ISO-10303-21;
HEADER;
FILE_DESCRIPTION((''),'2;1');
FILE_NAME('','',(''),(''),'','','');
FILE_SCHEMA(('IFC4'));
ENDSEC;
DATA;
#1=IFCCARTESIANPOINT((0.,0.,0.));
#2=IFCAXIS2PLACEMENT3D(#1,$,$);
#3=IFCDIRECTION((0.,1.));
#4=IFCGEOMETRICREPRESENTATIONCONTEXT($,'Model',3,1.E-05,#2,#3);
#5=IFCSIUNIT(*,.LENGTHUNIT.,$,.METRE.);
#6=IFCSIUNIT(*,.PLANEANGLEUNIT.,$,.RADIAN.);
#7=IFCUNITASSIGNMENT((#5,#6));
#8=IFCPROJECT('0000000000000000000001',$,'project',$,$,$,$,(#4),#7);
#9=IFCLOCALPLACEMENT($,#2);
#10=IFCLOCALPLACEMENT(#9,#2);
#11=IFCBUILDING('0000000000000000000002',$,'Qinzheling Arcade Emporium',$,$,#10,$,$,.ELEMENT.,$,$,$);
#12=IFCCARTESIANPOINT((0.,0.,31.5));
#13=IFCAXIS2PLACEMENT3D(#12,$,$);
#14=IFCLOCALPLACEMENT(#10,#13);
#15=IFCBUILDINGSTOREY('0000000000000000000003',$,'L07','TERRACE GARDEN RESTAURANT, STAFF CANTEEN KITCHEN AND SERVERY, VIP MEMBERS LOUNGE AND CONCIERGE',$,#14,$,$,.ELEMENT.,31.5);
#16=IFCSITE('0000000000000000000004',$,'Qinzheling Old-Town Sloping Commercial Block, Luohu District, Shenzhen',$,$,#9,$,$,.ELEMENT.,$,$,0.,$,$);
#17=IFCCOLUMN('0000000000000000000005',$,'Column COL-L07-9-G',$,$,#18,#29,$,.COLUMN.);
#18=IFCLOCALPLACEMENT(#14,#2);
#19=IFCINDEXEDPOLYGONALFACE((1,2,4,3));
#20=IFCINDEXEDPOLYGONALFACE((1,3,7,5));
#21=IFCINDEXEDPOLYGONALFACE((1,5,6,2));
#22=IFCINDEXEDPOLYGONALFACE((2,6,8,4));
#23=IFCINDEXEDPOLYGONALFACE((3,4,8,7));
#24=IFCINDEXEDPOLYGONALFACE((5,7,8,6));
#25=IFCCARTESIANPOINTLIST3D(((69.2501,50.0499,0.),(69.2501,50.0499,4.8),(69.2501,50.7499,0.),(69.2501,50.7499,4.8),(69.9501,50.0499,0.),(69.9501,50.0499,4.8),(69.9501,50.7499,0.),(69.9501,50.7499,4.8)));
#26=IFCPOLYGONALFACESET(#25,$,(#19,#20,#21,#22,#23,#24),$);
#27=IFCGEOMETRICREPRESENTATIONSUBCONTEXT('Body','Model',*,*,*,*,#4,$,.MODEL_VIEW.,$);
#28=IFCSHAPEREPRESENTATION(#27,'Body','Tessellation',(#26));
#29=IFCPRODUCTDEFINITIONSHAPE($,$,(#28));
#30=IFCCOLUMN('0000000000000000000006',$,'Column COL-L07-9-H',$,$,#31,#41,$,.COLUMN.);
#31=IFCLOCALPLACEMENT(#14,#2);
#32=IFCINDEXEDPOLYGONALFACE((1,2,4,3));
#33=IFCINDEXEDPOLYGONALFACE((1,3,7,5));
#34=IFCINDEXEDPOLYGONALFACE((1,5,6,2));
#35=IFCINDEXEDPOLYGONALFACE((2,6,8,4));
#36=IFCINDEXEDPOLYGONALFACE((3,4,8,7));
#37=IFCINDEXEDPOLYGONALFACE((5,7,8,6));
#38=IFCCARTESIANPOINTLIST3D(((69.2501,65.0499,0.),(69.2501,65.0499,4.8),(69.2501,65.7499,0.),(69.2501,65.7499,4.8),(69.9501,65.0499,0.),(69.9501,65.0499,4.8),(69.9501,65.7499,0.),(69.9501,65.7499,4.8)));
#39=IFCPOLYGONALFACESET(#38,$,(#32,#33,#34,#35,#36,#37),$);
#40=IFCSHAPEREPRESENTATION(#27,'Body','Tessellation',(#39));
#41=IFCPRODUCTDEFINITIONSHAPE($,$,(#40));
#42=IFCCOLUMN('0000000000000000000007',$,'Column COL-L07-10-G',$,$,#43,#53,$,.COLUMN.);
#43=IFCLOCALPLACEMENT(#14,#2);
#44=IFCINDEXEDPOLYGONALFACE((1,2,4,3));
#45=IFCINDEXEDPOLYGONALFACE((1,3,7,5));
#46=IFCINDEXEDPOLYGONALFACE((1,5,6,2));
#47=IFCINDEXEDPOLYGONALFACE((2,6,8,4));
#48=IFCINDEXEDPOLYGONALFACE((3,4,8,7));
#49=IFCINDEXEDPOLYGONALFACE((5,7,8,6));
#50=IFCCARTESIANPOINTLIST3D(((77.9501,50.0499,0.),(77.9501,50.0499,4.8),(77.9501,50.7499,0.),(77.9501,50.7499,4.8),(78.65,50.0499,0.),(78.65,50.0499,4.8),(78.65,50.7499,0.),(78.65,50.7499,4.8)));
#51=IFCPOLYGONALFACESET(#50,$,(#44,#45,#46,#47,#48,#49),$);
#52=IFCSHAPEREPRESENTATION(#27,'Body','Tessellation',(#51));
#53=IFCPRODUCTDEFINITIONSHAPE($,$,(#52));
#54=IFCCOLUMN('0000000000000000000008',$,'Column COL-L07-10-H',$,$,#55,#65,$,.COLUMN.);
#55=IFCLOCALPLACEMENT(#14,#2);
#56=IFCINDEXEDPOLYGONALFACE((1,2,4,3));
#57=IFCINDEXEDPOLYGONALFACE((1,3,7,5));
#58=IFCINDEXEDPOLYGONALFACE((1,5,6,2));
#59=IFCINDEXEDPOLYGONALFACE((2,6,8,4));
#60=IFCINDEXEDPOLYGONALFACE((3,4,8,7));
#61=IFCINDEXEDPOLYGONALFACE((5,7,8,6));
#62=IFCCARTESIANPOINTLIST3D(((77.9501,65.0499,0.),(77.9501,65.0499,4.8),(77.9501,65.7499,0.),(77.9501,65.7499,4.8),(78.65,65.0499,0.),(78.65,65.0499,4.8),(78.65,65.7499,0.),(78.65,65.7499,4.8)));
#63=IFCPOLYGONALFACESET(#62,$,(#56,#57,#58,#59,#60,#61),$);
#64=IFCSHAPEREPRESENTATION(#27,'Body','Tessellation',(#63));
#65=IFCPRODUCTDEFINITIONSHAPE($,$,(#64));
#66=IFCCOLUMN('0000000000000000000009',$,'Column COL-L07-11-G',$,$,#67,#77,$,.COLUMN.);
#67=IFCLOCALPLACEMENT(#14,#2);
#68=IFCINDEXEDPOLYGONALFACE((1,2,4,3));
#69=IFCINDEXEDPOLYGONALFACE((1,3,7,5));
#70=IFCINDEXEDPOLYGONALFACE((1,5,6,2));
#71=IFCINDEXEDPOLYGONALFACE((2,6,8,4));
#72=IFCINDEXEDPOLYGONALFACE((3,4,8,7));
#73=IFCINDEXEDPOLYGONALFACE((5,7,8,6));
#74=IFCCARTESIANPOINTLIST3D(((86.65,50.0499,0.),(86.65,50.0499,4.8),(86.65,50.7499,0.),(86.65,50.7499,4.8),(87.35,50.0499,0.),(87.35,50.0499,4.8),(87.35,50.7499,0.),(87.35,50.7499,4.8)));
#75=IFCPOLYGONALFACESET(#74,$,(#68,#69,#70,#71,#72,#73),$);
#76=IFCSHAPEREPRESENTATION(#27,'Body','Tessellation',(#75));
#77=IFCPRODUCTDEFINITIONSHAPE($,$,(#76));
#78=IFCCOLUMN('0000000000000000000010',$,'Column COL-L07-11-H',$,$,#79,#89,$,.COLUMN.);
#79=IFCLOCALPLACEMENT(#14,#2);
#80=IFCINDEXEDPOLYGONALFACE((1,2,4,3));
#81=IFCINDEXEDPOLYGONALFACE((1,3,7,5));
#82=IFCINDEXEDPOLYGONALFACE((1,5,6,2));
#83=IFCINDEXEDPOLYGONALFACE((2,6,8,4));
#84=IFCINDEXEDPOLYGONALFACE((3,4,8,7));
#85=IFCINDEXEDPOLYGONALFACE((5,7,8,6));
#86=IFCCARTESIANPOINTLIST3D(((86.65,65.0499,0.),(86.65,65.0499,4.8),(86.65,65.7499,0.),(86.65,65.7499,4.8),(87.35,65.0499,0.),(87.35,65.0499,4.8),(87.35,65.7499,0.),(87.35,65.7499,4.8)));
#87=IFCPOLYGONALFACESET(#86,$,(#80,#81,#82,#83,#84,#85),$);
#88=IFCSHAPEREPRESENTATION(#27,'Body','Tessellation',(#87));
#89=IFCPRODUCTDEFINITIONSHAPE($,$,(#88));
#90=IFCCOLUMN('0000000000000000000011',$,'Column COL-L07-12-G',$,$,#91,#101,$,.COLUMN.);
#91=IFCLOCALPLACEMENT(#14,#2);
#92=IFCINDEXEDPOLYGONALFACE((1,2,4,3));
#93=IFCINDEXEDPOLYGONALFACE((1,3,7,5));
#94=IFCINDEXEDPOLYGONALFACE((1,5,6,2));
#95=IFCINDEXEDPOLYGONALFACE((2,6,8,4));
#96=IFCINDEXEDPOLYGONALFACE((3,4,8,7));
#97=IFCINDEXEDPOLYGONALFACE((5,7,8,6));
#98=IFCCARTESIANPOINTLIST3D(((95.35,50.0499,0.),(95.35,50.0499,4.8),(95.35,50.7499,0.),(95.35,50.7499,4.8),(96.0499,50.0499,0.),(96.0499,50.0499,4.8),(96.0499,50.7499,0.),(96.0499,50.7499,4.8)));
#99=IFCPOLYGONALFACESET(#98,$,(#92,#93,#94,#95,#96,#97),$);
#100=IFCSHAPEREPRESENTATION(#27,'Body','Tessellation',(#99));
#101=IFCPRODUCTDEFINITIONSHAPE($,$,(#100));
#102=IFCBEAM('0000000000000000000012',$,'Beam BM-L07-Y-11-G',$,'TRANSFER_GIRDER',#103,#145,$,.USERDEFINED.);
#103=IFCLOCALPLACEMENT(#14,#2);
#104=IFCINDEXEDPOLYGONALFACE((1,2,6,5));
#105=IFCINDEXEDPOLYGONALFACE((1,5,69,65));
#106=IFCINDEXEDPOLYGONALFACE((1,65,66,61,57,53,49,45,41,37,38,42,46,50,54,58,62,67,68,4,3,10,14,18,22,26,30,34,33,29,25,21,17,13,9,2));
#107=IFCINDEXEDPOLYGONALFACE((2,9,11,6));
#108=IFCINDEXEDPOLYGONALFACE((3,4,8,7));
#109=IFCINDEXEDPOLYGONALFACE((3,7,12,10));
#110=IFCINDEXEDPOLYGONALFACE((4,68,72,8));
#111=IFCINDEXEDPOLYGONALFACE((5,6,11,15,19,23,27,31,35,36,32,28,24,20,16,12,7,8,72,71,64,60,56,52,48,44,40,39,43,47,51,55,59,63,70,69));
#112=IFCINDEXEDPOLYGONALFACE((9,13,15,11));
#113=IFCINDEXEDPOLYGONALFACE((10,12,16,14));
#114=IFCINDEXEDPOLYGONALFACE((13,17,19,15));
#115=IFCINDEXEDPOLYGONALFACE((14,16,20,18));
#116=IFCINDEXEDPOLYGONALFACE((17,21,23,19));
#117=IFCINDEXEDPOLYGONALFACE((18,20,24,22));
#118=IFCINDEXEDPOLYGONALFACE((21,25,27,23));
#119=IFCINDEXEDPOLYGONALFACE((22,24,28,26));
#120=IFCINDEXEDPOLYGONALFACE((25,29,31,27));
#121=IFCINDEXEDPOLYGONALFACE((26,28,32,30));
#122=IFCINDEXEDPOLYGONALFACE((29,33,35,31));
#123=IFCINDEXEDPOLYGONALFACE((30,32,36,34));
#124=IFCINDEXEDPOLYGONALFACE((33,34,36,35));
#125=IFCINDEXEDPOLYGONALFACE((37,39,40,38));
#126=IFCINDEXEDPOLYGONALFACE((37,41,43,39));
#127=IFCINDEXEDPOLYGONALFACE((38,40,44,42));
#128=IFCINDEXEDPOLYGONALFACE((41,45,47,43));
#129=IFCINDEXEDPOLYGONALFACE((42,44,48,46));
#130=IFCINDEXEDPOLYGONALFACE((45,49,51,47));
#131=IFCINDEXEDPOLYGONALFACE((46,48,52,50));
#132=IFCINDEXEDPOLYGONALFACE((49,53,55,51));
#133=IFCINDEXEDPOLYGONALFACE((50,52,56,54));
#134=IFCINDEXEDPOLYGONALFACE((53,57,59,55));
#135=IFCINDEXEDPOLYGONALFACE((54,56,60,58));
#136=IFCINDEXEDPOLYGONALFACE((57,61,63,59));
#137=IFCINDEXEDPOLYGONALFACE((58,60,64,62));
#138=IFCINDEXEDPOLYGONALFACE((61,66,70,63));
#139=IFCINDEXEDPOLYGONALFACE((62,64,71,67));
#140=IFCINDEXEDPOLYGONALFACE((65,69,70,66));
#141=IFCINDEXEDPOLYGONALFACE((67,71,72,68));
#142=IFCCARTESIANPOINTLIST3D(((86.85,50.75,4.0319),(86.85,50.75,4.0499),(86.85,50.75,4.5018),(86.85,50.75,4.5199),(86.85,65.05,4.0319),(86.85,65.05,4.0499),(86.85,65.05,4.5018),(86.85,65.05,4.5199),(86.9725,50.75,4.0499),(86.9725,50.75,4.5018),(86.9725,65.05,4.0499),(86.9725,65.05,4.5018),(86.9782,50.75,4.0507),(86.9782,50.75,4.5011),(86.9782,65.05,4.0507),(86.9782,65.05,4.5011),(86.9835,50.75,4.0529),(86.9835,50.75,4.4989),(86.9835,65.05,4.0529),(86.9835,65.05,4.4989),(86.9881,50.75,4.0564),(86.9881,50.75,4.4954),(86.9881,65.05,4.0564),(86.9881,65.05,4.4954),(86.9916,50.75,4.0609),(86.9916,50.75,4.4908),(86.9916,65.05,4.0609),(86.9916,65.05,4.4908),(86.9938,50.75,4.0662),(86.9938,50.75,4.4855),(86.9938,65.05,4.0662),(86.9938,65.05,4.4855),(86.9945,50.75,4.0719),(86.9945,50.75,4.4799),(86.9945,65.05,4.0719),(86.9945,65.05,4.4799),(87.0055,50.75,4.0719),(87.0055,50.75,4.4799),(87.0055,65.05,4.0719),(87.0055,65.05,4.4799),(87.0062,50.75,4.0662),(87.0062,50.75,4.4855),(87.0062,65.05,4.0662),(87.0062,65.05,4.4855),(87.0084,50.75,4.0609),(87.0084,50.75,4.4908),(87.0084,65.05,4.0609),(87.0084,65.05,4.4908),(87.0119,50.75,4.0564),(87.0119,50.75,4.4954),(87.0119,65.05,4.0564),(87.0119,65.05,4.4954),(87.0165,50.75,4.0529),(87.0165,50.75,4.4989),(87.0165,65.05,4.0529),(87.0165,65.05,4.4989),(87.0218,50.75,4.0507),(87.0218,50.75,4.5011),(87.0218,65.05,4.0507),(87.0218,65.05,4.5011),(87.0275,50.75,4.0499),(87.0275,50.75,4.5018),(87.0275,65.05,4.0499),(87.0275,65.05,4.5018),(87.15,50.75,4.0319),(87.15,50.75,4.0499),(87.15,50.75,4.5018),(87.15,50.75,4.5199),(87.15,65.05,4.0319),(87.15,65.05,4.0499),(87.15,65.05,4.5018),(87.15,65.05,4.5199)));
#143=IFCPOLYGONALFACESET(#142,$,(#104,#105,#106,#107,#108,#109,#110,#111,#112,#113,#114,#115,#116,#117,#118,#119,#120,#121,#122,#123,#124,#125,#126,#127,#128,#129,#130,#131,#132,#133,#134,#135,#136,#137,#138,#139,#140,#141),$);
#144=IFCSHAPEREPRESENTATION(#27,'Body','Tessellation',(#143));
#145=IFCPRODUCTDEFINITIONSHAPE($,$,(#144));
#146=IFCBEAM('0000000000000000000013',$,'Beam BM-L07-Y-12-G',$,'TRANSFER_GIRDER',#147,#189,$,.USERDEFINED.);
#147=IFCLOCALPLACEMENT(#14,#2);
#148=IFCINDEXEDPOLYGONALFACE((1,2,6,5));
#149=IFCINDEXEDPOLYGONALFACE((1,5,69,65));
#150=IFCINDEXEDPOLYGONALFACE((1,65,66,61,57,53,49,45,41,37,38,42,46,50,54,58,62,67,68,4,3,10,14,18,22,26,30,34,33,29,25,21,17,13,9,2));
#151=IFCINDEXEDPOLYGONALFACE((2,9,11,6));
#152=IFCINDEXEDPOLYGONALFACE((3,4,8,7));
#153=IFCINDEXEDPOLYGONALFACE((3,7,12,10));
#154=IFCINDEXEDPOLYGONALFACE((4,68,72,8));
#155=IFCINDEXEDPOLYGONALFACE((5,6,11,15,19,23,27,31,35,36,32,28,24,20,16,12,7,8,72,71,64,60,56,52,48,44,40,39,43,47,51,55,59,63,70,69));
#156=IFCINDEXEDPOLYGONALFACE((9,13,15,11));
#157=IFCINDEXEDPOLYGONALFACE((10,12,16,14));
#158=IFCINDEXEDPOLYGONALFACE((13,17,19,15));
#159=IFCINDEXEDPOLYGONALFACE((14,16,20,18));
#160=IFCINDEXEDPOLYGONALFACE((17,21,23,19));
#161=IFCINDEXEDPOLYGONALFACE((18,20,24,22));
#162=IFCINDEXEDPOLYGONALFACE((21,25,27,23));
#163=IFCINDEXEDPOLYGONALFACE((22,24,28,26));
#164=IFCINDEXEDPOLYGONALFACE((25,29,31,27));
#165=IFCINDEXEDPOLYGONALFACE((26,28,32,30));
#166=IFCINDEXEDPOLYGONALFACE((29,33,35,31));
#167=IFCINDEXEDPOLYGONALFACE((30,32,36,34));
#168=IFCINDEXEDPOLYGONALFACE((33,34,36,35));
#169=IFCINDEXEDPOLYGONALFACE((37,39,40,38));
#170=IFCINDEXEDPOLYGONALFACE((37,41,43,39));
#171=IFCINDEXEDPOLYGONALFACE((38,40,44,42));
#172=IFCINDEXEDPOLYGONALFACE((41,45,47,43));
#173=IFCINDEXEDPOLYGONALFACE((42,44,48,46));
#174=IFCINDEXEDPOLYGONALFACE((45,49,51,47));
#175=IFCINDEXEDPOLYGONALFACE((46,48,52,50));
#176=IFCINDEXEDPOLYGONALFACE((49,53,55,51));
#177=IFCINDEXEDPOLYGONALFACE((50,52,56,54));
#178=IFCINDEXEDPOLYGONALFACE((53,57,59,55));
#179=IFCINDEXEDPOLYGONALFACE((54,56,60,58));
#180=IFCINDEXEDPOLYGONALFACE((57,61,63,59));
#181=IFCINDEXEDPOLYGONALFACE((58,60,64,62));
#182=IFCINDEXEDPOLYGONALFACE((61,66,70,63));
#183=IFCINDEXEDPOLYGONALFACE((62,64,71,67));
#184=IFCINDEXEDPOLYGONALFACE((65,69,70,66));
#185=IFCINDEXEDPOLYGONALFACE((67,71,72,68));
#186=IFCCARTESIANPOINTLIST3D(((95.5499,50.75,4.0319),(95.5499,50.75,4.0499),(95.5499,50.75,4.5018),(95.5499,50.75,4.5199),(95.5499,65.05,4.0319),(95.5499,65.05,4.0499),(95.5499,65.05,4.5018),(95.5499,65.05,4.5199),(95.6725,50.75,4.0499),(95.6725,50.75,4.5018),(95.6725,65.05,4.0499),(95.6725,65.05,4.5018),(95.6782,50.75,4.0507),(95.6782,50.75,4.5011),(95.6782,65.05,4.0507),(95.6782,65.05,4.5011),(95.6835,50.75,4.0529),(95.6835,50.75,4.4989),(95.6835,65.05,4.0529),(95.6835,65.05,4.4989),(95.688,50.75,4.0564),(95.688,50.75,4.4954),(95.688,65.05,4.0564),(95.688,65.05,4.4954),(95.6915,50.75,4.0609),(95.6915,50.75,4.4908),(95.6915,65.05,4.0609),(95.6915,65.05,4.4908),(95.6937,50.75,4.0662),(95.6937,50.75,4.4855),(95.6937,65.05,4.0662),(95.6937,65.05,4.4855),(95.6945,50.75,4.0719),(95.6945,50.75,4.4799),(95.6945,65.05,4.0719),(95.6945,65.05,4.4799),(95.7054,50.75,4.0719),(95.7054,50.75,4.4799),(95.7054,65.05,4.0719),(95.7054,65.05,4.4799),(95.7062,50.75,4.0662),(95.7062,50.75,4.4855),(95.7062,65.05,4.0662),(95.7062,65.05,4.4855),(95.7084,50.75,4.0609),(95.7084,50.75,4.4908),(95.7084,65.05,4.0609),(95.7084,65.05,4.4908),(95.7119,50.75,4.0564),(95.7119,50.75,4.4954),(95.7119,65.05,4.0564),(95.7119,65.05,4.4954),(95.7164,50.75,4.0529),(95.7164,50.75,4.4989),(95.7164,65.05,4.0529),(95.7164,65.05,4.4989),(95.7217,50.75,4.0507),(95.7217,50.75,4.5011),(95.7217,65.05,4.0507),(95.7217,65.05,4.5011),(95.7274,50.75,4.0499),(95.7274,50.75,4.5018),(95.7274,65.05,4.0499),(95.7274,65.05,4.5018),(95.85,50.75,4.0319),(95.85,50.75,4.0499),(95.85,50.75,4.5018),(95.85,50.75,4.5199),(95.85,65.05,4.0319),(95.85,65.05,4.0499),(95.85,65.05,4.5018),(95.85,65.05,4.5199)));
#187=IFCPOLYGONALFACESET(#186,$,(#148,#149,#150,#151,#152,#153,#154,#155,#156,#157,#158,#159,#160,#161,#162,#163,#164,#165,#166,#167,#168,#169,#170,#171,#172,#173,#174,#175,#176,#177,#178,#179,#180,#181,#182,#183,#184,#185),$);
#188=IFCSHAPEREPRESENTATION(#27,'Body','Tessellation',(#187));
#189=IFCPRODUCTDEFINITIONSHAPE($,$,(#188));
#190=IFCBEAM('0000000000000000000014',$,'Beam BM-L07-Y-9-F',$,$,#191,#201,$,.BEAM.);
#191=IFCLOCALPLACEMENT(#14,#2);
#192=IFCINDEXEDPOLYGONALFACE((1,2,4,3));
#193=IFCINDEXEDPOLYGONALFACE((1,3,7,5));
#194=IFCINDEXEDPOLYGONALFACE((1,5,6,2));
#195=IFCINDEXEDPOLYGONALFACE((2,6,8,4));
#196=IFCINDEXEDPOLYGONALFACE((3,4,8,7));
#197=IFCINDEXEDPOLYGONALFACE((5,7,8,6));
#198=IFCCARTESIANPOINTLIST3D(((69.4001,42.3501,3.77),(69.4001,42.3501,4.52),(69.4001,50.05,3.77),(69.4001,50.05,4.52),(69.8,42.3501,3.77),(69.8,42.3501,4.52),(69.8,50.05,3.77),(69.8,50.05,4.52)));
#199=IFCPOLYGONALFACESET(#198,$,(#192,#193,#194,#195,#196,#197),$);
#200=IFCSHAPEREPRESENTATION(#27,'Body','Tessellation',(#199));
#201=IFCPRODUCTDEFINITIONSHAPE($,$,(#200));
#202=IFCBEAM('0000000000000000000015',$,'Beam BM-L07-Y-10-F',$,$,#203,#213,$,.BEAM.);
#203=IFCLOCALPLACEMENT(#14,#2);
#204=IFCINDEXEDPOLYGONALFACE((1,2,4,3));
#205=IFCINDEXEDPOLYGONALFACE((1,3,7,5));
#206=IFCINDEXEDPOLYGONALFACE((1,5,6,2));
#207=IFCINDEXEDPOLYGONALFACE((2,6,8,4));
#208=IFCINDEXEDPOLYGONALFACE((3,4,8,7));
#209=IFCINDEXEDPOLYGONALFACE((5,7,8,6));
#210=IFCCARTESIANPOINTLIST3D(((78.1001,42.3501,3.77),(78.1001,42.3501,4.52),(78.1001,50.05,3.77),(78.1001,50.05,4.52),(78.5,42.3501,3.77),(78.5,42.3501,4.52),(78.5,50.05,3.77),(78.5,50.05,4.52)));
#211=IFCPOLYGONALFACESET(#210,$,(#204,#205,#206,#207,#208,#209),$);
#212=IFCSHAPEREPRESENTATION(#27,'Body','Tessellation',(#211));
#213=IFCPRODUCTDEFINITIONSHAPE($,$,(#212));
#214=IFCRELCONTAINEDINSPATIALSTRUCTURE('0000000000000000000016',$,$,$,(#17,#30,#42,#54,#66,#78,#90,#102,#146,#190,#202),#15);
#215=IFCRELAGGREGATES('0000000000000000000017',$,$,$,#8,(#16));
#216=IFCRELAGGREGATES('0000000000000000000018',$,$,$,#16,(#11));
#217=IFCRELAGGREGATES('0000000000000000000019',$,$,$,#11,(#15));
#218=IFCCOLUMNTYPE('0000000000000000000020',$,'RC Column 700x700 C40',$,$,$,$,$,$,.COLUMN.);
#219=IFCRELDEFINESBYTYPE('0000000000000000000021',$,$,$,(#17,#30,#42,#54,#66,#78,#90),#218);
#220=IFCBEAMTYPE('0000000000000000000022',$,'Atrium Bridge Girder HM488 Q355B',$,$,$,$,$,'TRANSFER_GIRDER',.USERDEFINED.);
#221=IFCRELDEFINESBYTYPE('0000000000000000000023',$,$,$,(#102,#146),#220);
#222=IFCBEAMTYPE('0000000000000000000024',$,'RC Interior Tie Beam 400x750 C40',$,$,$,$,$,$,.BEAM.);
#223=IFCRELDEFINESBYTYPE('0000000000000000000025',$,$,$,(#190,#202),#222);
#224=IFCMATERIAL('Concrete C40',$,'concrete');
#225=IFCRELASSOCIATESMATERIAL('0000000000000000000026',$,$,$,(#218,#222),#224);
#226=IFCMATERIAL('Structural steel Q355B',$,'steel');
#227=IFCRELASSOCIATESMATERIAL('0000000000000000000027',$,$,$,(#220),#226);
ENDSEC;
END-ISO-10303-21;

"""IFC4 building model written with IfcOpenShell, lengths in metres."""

from ifc_helpers import new_model, si_unit, direction, frame, origin, origin_2d, place, context, subcontext, project, spatial, rectangle, i_section, extrude, material, material_profile, profile_set, type_object, element, save


model = new_model("IFC4")

# Units and contexts
model_context = context("Model", 3, precision=1e-05, world=origin(), true_north=direction((0.0, 1.0)))
body_context = subcontext(model_context, "Body", "Model", "MODEL_VIEW")
ifc_project = project(units=[si_unit("LENGTHUNIT", "METRE"), si_unit("PLANEANGLEUNIT", "RADIAN")], contexts=[model_context])

# Site, building, storey
site_placement = place(None, origin())
site = spatial("IfcSite", under=ifc_project, at=site_placement, Name="Qinzheling Old-Town Sloping Commercial Block, Luohu District, Shenzhen", CompositionType="ELEMENT", RefElevation=0.0)
building_placement = place(site_placement, origin())
building = spatial("IfcBuilding", under=site, at=building_placement, Name="Qinzheling Arcade Emporium", CompositionType="ELEMENT")
storey_placement = place(building_placement, frame((0.0, 0.0, 31.5)))
storey = spatial("IfcBuildingStorey", under=building, at=storey_placement, Name="L07", Description="TERRACE GARDEN RESTAURANT, STAFF CANTEEN KITCHEN AND SERVERY, VIP MEMBERS LOUNGE AND CONCIERGE", CompositionType="ELEMENT", Elevation=31.5)

# Columns
ifc_material_1 = material(Name="Concrete C40", Category="concrete")
ifc_material_profile_1 = material_profile(ifc_material_1, rectangle(XDim=0.7, YDim=0.7, at=origin_2d()), Name="RC 700x700", Category="concrete")
ifc_profile_set_1 = profile_set([ifc_material_profile_1], Name="Concrete C40")
column_type = type_object("IfcColumnType", Name="RC Column 700x700 C40", PredefinedType="COLUMN", material=ifc_profile_set_1)
for number, where, z_axis, x_axis, name in (
    (1, (69.6001, 50.3999, 0.0), (0.0, 0.0, 1.0), (1.0, 0.0, 0.0), "Column COL-L07-9-G"),
    (2, (69.6001, 65.3999, 0.0), (0.0, 0.0, 1.0), (1.0, 0.0, 0.0), "Column COL-L07-9-H"),
    (3, (78.3, 50.3999, 0.0), (0.0, 0.0, 1.0), (1.0, 0.0, 0.0), "Column COL-L07-10-G"),
    (4, (78.3, 65.3999, 0.0), (0.0, 0.0, 1.0), (1.0, 0.0, 0.0), "Column COL-L07-10-H"),
    (5, (87.0, 50.3999, 0.0), (0.0, 0.0, 1.0), (1.0, 0.0, 0.0), "Column COL-L07-11-G"),
    (6, (87.0, 65.3999, 0.0), (0.0, 0.0, 1.0), (1.0, 0.0, 0.0), "Column COL-L07-11-H"),
    (7, (95.7, 50.3999, 0.0), (0.0, 0.0, 1.0), (1.0, 0.0, 0.0), "Column COL-L07-12-G"),
):
    element("IfcColumn", number, at=place(storey_placement, frame(where, z_axis=z_axis, x_axis=x_axis)), inside=storey, type_object=column_type, Name=name, PredefinedType="COLUMN", context=body_context, shape_type="SweptSolid", body=[
        extrude(rectangle(XDim=0.7, YDim=0.7, at=origin_2d()), origin(), (0.0, 0.0, 1.0), 4.8),
    ])

# Beams
ifc_material_2 = material(Name="Structural steel Q355B", Category="steel")
ifc_material_profile_2 = material_profile(ifc_material_2, i_section(OverallWidth=0.3, OverallDepth=0.488, WebThickness=0.011, FlangeThickness=0.0181, FilletRadius=0.022, at=origin_2d()), Name="HM 488x300x11x18", Category="steel")
ifc_profile_set_2 = profile_set([ifc_material_profile_2], Name="Structural steel Q355B")
beam_type_1 = type_object("IfcBeamType", Name="Atrium Bridge Girder HM488 Q355B", ElementType="TRANSFER_GIRDER", PredefinedType="USERDEFINED", material=ifc_profile_set_2)
for number, where, z_axis, x_axis, name in (
    (8, (87.0, 50.75, 4.2759), (0.0, 1.0, 0.0), (-1.0, 0.0, 0.0), "Beam BM-L07-Y-11-G"),
    (9, (95.7, 50.75, 4.2759), (0.0, 1.0, 0.0), (-1.0, 0.0, 0.0), "Beam BM-L07-Y-12-G"),
):
    element("IfcBeam", number, at=place(storey_placement, frame(where, z_axis=z_axis, x_axis=x_axis)), inside=storey, type_object=beam_type_1, Name=name, ObjectType="TRANSFER_GIRDER", PredefinedType="USERDEFINED", context=body_context, shape_type="SweptSolid", body=[
        extrude(i_section(OverallWidth=0.3, OverallDepth=0.488, WebThickness=0.011, FlangeThickness=0.0181, FilletRadius=0.022, at=origin_2d()), origin(), (0.0, 0.0, 1.0), 14.3),
    ])
ifc_material_profile_3 = material_profile(ifc_material_1, rectangle(XDim=0.3999, YDim=0.75, at=origin_2d()), Name="RC 400x750", Category="concrete")
ifc_profile_set_3 = profile_set([ifc_material_profile_3], Name="Concrete C40")
beam_type_2 = type_object("IfcBeamType", Name="RC Interior Tie Beam 400x750 C40", PredefinedType="BEAM", material=ifc_profile_set_3)
for number, where, z_axis, x_axis, name in (
    (10, (69.6001, 42.3501, 4.145), (0.0, 1.0, 0.0), (-1.0, 0.0, 0.0), "Beam BM-L07-Y-9-F"),
    (11, (78.3, 42.3501, 4.145), (0.0, 1.0, 0.0), (-1.0, 0.0, 0.0), "Beam BM-L07-Y-10-F"),
):
    element("IfcBeam", number, at=place(storey_placement, frame(where, z_axis=z_axis, x_axis=x_axis)), inside=storey, type_object=beam_type_2, Name=name, PredefinedType="BEAM", context=body_context, shape_type="SweptSolid", body=[
        extrude(rectangle(XDim=0.3999, YDim=0.75, at=origin_2d()), origin(), (0.0, 0.0, 1.0), 7.7),
    ])

save(model, "model.ifc")
